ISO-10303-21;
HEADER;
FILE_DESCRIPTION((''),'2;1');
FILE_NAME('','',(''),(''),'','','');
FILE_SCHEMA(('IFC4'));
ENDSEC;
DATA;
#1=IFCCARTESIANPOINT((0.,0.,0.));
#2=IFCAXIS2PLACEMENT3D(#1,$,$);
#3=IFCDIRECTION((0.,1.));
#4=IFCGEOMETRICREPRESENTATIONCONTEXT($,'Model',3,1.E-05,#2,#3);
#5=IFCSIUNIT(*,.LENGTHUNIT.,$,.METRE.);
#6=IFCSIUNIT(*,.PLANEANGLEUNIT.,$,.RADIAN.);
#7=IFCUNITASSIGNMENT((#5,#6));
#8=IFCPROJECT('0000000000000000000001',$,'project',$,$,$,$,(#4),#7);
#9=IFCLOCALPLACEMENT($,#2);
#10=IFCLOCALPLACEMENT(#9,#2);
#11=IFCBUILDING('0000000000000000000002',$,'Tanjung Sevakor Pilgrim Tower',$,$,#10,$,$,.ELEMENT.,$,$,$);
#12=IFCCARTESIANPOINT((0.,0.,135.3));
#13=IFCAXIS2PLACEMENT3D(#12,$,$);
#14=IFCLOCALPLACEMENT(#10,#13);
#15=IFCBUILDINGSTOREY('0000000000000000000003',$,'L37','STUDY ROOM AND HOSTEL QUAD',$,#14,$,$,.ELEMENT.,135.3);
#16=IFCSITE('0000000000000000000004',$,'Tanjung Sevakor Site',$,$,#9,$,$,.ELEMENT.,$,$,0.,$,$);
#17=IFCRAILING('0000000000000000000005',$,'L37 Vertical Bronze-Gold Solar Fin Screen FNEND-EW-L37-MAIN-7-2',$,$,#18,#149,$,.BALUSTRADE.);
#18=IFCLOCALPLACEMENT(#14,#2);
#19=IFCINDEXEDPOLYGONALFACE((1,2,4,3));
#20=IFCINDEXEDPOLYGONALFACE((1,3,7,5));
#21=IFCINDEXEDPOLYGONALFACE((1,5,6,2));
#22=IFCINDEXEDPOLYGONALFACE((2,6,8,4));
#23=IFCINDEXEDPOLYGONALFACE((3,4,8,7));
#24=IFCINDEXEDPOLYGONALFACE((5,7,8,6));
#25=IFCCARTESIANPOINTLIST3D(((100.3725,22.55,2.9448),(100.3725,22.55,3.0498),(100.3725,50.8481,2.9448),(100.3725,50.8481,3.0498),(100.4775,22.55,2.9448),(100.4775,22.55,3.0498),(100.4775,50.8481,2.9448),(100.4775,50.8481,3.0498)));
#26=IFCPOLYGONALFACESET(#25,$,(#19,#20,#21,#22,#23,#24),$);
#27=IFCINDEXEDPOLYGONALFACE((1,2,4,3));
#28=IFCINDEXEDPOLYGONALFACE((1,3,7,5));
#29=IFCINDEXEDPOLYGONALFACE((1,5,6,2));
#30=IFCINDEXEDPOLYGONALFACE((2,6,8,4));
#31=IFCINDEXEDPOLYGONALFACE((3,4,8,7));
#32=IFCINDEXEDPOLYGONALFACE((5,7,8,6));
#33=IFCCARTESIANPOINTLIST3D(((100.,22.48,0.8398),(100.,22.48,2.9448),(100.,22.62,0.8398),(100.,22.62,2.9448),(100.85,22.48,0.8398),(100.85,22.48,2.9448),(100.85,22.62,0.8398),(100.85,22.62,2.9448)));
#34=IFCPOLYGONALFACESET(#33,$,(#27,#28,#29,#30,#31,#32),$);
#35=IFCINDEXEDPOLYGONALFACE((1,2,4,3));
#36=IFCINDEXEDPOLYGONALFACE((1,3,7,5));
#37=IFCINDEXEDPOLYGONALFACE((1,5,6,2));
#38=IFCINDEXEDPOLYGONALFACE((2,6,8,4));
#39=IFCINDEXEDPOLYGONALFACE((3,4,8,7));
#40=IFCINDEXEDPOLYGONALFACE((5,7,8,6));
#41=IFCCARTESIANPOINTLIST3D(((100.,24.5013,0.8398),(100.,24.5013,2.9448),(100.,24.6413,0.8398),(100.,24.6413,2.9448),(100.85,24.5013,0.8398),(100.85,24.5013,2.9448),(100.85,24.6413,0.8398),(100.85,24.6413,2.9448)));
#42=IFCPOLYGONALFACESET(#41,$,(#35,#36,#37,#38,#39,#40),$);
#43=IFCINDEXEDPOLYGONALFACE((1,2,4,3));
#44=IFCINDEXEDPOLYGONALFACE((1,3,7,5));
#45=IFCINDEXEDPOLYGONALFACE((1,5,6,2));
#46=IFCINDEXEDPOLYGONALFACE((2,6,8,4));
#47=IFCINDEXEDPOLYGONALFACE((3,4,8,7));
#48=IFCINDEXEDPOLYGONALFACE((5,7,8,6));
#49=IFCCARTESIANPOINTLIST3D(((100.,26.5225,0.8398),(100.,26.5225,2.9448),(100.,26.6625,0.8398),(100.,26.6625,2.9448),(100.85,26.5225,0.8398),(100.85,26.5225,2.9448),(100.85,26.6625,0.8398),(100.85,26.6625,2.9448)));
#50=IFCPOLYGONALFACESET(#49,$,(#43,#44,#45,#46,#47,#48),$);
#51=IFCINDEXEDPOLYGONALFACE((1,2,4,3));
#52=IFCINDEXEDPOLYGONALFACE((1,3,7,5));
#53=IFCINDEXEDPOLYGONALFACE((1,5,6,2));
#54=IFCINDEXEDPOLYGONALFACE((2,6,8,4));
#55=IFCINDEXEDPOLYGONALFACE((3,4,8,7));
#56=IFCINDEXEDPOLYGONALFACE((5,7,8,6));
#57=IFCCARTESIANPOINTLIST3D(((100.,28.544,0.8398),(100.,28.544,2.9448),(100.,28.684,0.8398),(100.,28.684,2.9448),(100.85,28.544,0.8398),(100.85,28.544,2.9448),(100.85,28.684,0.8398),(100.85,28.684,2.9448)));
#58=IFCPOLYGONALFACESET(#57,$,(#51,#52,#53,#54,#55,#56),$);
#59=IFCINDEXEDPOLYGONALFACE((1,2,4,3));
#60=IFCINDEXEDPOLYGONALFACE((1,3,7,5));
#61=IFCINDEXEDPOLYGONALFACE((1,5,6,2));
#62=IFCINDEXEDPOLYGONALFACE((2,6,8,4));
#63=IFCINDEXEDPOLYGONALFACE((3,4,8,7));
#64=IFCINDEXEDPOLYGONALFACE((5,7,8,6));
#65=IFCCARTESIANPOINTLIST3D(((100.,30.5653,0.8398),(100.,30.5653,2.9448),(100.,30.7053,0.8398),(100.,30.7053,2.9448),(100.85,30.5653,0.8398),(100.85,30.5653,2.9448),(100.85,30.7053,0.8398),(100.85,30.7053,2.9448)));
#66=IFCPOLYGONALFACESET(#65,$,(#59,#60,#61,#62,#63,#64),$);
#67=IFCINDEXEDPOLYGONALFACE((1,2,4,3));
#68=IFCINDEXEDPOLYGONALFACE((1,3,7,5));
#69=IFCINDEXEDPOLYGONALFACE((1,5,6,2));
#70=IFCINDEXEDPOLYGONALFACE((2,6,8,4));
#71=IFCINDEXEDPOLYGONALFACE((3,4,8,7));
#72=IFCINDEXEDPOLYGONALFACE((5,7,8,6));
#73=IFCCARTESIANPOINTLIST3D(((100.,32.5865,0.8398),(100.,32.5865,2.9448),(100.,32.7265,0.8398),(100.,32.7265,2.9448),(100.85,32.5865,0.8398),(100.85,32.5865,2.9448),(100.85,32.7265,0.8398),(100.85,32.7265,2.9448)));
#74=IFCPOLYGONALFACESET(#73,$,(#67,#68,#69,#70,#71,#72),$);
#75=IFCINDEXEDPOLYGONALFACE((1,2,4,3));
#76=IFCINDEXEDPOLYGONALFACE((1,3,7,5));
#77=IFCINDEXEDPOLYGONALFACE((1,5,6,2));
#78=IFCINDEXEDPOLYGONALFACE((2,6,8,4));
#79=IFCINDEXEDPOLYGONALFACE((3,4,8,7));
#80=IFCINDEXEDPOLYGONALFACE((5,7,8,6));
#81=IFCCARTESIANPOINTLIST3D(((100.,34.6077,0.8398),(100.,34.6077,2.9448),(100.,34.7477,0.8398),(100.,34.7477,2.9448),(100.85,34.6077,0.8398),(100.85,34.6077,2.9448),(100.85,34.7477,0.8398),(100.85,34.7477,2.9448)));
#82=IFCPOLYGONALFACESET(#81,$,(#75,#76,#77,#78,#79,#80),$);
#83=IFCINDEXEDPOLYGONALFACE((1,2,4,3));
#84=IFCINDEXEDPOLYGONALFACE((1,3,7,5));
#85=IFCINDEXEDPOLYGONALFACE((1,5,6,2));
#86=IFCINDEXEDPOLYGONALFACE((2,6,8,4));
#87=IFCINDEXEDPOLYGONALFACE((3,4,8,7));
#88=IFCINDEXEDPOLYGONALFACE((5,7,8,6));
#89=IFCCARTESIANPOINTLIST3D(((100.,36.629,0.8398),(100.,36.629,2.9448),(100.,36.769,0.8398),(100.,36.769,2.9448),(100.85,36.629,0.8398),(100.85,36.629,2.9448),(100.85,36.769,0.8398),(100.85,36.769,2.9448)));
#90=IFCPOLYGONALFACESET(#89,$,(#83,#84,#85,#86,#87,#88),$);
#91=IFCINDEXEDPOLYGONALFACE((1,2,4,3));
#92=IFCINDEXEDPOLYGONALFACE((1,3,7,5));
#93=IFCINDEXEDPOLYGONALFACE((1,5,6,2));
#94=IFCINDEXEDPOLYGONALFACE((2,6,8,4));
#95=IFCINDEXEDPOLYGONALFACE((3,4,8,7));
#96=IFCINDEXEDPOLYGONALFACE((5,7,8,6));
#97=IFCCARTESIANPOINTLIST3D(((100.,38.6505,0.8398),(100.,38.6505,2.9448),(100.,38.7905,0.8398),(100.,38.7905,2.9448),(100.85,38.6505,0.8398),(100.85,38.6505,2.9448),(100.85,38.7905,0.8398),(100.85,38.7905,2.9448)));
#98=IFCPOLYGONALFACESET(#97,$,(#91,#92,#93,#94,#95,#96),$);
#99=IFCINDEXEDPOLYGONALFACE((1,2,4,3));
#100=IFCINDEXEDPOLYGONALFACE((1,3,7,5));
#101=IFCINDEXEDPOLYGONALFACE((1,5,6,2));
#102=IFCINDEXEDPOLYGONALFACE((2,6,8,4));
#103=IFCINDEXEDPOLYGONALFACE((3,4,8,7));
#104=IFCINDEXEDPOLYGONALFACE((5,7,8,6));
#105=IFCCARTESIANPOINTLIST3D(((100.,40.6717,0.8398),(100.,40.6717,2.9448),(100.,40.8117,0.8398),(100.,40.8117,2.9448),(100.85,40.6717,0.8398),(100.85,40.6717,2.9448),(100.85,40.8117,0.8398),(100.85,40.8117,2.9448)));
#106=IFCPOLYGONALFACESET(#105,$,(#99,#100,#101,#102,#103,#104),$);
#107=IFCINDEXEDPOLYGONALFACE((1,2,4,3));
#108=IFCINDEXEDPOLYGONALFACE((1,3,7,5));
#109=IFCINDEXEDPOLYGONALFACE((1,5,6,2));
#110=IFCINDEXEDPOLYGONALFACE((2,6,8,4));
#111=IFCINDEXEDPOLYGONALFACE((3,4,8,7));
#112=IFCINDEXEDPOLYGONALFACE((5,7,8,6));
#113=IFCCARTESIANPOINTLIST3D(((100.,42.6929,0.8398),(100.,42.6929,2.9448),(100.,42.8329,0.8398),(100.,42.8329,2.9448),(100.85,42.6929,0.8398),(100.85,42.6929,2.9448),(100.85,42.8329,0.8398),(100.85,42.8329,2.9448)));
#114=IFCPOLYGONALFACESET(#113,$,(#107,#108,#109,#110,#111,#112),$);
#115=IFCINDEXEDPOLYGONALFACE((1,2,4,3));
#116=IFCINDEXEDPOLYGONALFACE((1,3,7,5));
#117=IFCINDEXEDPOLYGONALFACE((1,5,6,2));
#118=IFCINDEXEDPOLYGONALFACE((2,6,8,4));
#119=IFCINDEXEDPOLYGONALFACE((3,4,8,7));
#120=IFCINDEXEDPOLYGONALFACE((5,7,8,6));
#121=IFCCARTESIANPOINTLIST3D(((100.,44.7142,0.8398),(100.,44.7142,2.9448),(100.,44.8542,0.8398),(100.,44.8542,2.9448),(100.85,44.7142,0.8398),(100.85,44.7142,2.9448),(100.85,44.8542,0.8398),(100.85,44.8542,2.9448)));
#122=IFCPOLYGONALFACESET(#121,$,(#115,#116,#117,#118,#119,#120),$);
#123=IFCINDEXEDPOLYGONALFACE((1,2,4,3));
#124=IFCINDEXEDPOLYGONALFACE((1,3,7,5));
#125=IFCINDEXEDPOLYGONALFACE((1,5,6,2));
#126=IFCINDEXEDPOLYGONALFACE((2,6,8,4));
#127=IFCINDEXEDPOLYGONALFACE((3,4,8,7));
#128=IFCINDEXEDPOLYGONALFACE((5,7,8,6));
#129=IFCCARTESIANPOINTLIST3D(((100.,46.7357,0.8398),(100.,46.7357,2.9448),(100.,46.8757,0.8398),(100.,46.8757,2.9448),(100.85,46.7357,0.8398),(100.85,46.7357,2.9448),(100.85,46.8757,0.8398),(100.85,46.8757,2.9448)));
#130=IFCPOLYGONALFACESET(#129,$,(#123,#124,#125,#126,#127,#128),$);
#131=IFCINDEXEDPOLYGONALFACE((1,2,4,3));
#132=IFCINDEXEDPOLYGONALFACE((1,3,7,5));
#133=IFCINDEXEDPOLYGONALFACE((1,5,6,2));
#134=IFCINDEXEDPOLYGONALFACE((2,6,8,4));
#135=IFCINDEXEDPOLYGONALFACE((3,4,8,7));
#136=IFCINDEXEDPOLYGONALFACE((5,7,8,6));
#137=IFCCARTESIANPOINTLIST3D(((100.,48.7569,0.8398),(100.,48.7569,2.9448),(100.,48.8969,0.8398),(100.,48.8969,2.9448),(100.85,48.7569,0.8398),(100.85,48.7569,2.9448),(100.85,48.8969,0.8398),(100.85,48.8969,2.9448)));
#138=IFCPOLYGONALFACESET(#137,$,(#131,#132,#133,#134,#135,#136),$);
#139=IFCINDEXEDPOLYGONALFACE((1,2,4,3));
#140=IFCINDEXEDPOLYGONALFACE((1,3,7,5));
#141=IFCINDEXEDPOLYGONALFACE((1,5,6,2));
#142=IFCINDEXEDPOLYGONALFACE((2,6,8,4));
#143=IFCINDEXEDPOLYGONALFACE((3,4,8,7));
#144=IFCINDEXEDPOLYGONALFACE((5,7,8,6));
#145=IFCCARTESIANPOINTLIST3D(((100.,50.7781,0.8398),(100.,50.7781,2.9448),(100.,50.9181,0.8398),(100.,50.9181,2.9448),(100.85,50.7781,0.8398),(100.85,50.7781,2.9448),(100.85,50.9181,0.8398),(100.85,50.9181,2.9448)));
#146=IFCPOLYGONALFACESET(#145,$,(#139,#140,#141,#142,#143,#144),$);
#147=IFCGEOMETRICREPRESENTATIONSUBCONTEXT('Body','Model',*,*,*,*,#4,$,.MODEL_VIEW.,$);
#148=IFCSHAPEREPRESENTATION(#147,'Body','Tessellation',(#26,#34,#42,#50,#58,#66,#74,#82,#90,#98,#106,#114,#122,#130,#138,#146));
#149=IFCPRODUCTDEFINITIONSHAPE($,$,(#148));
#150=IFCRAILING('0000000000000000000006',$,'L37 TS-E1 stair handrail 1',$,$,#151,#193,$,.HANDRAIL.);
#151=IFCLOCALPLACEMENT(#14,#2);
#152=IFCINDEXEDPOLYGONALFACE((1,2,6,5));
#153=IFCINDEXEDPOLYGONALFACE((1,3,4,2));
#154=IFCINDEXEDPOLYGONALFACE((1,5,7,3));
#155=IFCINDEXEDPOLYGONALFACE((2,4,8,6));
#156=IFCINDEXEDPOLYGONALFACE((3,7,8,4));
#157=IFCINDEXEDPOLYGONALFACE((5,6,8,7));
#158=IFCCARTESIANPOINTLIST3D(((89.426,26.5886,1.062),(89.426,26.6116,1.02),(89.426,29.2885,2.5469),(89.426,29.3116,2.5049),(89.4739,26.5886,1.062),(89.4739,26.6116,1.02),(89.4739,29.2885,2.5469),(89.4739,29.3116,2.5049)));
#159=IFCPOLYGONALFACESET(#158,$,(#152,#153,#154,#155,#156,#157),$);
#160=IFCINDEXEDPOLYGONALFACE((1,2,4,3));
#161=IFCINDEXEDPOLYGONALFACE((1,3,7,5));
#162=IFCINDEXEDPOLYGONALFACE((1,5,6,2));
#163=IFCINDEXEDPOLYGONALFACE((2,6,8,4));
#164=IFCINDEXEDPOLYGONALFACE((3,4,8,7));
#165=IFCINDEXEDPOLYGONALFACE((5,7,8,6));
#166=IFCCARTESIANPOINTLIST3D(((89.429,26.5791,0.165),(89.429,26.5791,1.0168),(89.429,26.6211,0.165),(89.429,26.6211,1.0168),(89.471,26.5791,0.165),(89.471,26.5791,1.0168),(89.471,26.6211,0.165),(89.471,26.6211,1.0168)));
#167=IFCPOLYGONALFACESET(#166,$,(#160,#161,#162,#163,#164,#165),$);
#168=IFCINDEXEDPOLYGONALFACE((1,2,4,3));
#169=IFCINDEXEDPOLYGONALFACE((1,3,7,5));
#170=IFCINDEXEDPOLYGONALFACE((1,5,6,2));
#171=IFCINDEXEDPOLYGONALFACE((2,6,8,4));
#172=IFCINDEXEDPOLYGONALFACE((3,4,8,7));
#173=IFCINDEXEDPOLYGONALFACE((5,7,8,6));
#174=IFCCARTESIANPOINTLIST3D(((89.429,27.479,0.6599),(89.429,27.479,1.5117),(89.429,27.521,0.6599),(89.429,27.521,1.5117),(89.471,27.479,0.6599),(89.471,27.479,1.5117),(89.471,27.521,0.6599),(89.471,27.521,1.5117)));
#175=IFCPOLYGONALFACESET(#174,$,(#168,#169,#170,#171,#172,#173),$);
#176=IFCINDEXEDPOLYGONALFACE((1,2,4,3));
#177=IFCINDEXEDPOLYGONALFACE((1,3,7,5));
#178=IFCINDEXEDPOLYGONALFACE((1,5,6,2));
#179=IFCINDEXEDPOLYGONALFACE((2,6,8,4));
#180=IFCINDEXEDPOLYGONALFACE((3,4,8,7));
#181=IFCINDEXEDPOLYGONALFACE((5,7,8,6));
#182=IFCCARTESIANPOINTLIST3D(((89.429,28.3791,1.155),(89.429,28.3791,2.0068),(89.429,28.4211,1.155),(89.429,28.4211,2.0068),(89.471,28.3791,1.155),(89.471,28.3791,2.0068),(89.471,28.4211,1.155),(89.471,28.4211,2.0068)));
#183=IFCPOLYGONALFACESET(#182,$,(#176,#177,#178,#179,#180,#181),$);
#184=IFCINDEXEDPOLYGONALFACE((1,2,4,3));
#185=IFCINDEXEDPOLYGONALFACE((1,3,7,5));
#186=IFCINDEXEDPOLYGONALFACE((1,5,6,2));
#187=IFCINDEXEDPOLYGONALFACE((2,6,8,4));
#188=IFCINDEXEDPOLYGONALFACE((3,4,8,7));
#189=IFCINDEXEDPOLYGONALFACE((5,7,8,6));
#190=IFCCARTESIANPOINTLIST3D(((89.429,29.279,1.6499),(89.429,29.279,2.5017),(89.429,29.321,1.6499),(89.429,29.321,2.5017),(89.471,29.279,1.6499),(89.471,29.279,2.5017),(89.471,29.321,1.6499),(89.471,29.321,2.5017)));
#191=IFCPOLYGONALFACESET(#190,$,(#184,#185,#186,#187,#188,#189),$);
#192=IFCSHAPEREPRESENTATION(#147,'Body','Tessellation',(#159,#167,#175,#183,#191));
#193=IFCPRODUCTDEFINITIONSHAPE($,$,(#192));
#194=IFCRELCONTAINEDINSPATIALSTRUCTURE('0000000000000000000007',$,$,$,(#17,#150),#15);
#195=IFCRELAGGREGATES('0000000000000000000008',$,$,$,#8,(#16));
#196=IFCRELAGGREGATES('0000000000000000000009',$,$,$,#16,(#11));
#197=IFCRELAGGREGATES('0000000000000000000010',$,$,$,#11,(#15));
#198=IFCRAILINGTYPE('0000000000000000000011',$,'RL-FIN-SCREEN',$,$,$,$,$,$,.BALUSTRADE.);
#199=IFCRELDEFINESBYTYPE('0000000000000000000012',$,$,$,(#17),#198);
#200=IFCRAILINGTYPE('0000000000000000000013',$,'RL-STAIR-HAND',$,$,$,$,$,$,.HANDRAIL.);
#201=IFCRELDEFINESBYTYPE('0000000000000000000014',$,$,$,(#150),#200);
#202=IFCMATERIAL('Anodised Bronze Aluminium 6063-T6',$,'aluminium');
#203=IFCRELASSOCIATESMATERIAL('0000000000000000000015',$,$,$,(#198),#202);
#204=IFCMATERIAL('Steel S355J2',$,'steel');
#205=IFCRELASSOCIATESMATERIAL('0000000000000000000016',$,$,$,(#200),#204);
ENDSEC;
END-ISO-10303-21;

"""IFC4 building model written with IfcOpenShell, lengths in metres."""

from ifc_helpers import new_model, si_unit, direction, frame, origin, place, context, subcontext, project, spatial, rectangle, extrude, material, type_object, element, save


model = new_model("IFC4")

# Units and contexts
model_context = context("Model", 3, precision=1e-05, world=origin(), true_north=direction((0.0, 1.0)))
body_context = subcontext(model_context, "Body", "Model", "MODEL_VIEW")
ifc_project = project(units=[si_unit("LENGTHUNIT", "METRE"), si_unit("PLANEANGLEUNIT", "RADIAN")], contexts=[model_context])

# Site, building, storey
site_placement = place(None, origin())
site = spatial("IfcSite", under=ifc_project, at=site_placement, Name="Tanjung Sevakor Site", CompositionType="ELEMENT", RefElevation=0.0)
building_placement = place(site_placement, origin())
building = spatial("IfcBuilding", under=site, at=building_placement, Name="Tanjung Sevakor Pilgrim Tower", CompositionType="ELEMENT")
storey_placement = place(building_placement, frame((0.0, 0.0, 135.3)))
storey = spatial("IfcBuildingStorey", under=building, at=storey_placement, Name="L37", Description="STUDY ROOM AND HOSTEL QUAD", CompositionType="ELEMENT", Elevation=135.3)

# Railings
ifc_material_1 = material(Name="Anodised Bronze Aluminium 6063-T6", Category="aluminium")
railing_type_1 = type_object("IfcRailingType", Name="RL-FIN-SCREEN", PredefinedType="BALUSTRADE", material=ifc_material_1)
railing_1_placement = place(storey_placement, frame((100.425, 22.55, 0.8398)))
element("IfcRailing", 1, at=railing_1_placement, inside=storey, type_object=railing_type_1, Name="L37 Vertical Bronze-Gold Solar Fin Screen FNEND-EW-L37-MAIN-7-2", PredefinedType="BALUSTRADE", context=body_context, shape_type="SweptSolid", body=[
    extrude(rectangle(XDim=0.105, YDim=0.105), frame((0.0, 0.0, 2.1575), z_axis=(0.0, 1.0, 0.0), x_axis=(-1.0, 0.0, 0.0)), (0.0, 0.0, 1.0), 28.2981),
    extrude(rectangle(XDim=0.85, YDim=0.14), origin(), (0.0, 0.0, 1.0), 2.105),
    extrude(rectangle(XDim=0.85, YDim=0.14), frame((0.0, 2.0212, 0.0)), (0.0, 0.0, 1.0), 2.105),
    extrude(rectangle(XDim=0.85, YDim=0.14), frame((0.0, 4.0425, 0.0)), (0.0, 0.0, 1.0), 2.105),
    extrude(rectangle(XDim=0.85, YDim=0.14), frame((0.0, 6.064, 0.0)), (0.0, 0.0, 1.0), 2.105),
    extrude(rectangle(XDim=0.85, YDim=0.14), frame((0.0, 8.0852, 0.0)), (0.0, 0.0, 1.0), 2.105),
    extrude(rectangle(XDim=0.85, YDim=0.14), frame((0.0, 10.1064, 0.0)), (0.0, 0.0, 1.0), 2.105),
    extrude(rectangle(XDim=0.85, YDim=0.14), frame((0.0, 12.1277, 0.0)), (0.0, 0.0, 1.0), 2.105),
    extrude(rectangle(XDim=0.85, YDim=0.14), frame((0.0, 14.1489, 0.0)), (0.0, 0.0, 1.0), 2.105),
    extrude(rectangle(XDim=0.85, YDim=0.14), frame((0.0, 16.1704, 0.0)), (0.0, 0.0, 1.0), 2.105),
    extrude(rectangle(XDim=0.85, YDim=0.14), frame((0.0, 18.1917, 0.0)), (0.0, 0.0, 1.0), 2.105),
    extrude(rectangle(XDim=0.85, YDim=0.14), frame((0.0, 20.2129, 0.0)), (0.0, 0.0, 1.0), 2.105),
    extrude(rectangle(XDim=0.85, YDim=0.14), frame((0.0, 22.2341, 0.0)), (0.0, 0.0, 1.0), 2.105),
    extrude(rectangle(XDim=0.85, YDim=0.14), frame((0.0, 24.2556, 0.0)), (0.0, 0.0, 1.0), 2.105),
    extrude(rectangle(XDim=0.85, YDim=0.14), frame((0.0, 26.2769, 0.0)), (0.0, 0.0, 1.0), 2.105),
    extrude(rectangle(XDim=0.85, YDim=0.14), frame((0.0, 28.2981, 0.0)), (0.0, 0.0, 1.0), 2.105),
])
ifc_material_2 = material(Name="Steel S355J2", Category="steel")
railing_type_2 = type_object("IfcRailingType", Name="RL-STAIR-HAND", PredefinedType="HANDRAIL", material=ifc_material_2)
railing_2_placement = place(storey_placement, frame((89.45, 26.6001, 0.165)))
element("IfcRailing", 2, at=railing_2_placement, inside=storey, type_object=railing_type_2, Name="L37 TS-E1 stair handrail 1", PredefinedType="HANDRAIL", context=body_context, shape_type="SweptSolid", body=[
    extrude(rectangle(XDim=0.0479, YDim=0.0479), frame((0.0, 0.0, 0.876), z_axis=(0.0, 0.876231, 0.481891), x_axis=(-1.0, 0.0, 0.0)), (0.0, 0.0, 1.0), 3.0813),
    extrude(rectangle(XDim=0.042, YDim=0.042), origin(), (0.0, 0.0, 1.0), 0.8518),
    extrude(rectangle(XDim=0.042, YDim=0.042), frame((0.0, 0.8999, 0.4949)), (0.0, 0.0, 1.0), 0.8518),
    extrude(rectangle(XDim=0.042, YDim=0.042), frame((0.0, 1.8, 0.99)), (0.0, 0.0, 1.0), 0.8518),
    extrude(rectangle(XDim=0.042, YDim=0.042), frame((0.0, 2.7, 1.4849)), (0.0, 0.0, 1.0), 0.8518),
])

save(model, "model.ifc")
